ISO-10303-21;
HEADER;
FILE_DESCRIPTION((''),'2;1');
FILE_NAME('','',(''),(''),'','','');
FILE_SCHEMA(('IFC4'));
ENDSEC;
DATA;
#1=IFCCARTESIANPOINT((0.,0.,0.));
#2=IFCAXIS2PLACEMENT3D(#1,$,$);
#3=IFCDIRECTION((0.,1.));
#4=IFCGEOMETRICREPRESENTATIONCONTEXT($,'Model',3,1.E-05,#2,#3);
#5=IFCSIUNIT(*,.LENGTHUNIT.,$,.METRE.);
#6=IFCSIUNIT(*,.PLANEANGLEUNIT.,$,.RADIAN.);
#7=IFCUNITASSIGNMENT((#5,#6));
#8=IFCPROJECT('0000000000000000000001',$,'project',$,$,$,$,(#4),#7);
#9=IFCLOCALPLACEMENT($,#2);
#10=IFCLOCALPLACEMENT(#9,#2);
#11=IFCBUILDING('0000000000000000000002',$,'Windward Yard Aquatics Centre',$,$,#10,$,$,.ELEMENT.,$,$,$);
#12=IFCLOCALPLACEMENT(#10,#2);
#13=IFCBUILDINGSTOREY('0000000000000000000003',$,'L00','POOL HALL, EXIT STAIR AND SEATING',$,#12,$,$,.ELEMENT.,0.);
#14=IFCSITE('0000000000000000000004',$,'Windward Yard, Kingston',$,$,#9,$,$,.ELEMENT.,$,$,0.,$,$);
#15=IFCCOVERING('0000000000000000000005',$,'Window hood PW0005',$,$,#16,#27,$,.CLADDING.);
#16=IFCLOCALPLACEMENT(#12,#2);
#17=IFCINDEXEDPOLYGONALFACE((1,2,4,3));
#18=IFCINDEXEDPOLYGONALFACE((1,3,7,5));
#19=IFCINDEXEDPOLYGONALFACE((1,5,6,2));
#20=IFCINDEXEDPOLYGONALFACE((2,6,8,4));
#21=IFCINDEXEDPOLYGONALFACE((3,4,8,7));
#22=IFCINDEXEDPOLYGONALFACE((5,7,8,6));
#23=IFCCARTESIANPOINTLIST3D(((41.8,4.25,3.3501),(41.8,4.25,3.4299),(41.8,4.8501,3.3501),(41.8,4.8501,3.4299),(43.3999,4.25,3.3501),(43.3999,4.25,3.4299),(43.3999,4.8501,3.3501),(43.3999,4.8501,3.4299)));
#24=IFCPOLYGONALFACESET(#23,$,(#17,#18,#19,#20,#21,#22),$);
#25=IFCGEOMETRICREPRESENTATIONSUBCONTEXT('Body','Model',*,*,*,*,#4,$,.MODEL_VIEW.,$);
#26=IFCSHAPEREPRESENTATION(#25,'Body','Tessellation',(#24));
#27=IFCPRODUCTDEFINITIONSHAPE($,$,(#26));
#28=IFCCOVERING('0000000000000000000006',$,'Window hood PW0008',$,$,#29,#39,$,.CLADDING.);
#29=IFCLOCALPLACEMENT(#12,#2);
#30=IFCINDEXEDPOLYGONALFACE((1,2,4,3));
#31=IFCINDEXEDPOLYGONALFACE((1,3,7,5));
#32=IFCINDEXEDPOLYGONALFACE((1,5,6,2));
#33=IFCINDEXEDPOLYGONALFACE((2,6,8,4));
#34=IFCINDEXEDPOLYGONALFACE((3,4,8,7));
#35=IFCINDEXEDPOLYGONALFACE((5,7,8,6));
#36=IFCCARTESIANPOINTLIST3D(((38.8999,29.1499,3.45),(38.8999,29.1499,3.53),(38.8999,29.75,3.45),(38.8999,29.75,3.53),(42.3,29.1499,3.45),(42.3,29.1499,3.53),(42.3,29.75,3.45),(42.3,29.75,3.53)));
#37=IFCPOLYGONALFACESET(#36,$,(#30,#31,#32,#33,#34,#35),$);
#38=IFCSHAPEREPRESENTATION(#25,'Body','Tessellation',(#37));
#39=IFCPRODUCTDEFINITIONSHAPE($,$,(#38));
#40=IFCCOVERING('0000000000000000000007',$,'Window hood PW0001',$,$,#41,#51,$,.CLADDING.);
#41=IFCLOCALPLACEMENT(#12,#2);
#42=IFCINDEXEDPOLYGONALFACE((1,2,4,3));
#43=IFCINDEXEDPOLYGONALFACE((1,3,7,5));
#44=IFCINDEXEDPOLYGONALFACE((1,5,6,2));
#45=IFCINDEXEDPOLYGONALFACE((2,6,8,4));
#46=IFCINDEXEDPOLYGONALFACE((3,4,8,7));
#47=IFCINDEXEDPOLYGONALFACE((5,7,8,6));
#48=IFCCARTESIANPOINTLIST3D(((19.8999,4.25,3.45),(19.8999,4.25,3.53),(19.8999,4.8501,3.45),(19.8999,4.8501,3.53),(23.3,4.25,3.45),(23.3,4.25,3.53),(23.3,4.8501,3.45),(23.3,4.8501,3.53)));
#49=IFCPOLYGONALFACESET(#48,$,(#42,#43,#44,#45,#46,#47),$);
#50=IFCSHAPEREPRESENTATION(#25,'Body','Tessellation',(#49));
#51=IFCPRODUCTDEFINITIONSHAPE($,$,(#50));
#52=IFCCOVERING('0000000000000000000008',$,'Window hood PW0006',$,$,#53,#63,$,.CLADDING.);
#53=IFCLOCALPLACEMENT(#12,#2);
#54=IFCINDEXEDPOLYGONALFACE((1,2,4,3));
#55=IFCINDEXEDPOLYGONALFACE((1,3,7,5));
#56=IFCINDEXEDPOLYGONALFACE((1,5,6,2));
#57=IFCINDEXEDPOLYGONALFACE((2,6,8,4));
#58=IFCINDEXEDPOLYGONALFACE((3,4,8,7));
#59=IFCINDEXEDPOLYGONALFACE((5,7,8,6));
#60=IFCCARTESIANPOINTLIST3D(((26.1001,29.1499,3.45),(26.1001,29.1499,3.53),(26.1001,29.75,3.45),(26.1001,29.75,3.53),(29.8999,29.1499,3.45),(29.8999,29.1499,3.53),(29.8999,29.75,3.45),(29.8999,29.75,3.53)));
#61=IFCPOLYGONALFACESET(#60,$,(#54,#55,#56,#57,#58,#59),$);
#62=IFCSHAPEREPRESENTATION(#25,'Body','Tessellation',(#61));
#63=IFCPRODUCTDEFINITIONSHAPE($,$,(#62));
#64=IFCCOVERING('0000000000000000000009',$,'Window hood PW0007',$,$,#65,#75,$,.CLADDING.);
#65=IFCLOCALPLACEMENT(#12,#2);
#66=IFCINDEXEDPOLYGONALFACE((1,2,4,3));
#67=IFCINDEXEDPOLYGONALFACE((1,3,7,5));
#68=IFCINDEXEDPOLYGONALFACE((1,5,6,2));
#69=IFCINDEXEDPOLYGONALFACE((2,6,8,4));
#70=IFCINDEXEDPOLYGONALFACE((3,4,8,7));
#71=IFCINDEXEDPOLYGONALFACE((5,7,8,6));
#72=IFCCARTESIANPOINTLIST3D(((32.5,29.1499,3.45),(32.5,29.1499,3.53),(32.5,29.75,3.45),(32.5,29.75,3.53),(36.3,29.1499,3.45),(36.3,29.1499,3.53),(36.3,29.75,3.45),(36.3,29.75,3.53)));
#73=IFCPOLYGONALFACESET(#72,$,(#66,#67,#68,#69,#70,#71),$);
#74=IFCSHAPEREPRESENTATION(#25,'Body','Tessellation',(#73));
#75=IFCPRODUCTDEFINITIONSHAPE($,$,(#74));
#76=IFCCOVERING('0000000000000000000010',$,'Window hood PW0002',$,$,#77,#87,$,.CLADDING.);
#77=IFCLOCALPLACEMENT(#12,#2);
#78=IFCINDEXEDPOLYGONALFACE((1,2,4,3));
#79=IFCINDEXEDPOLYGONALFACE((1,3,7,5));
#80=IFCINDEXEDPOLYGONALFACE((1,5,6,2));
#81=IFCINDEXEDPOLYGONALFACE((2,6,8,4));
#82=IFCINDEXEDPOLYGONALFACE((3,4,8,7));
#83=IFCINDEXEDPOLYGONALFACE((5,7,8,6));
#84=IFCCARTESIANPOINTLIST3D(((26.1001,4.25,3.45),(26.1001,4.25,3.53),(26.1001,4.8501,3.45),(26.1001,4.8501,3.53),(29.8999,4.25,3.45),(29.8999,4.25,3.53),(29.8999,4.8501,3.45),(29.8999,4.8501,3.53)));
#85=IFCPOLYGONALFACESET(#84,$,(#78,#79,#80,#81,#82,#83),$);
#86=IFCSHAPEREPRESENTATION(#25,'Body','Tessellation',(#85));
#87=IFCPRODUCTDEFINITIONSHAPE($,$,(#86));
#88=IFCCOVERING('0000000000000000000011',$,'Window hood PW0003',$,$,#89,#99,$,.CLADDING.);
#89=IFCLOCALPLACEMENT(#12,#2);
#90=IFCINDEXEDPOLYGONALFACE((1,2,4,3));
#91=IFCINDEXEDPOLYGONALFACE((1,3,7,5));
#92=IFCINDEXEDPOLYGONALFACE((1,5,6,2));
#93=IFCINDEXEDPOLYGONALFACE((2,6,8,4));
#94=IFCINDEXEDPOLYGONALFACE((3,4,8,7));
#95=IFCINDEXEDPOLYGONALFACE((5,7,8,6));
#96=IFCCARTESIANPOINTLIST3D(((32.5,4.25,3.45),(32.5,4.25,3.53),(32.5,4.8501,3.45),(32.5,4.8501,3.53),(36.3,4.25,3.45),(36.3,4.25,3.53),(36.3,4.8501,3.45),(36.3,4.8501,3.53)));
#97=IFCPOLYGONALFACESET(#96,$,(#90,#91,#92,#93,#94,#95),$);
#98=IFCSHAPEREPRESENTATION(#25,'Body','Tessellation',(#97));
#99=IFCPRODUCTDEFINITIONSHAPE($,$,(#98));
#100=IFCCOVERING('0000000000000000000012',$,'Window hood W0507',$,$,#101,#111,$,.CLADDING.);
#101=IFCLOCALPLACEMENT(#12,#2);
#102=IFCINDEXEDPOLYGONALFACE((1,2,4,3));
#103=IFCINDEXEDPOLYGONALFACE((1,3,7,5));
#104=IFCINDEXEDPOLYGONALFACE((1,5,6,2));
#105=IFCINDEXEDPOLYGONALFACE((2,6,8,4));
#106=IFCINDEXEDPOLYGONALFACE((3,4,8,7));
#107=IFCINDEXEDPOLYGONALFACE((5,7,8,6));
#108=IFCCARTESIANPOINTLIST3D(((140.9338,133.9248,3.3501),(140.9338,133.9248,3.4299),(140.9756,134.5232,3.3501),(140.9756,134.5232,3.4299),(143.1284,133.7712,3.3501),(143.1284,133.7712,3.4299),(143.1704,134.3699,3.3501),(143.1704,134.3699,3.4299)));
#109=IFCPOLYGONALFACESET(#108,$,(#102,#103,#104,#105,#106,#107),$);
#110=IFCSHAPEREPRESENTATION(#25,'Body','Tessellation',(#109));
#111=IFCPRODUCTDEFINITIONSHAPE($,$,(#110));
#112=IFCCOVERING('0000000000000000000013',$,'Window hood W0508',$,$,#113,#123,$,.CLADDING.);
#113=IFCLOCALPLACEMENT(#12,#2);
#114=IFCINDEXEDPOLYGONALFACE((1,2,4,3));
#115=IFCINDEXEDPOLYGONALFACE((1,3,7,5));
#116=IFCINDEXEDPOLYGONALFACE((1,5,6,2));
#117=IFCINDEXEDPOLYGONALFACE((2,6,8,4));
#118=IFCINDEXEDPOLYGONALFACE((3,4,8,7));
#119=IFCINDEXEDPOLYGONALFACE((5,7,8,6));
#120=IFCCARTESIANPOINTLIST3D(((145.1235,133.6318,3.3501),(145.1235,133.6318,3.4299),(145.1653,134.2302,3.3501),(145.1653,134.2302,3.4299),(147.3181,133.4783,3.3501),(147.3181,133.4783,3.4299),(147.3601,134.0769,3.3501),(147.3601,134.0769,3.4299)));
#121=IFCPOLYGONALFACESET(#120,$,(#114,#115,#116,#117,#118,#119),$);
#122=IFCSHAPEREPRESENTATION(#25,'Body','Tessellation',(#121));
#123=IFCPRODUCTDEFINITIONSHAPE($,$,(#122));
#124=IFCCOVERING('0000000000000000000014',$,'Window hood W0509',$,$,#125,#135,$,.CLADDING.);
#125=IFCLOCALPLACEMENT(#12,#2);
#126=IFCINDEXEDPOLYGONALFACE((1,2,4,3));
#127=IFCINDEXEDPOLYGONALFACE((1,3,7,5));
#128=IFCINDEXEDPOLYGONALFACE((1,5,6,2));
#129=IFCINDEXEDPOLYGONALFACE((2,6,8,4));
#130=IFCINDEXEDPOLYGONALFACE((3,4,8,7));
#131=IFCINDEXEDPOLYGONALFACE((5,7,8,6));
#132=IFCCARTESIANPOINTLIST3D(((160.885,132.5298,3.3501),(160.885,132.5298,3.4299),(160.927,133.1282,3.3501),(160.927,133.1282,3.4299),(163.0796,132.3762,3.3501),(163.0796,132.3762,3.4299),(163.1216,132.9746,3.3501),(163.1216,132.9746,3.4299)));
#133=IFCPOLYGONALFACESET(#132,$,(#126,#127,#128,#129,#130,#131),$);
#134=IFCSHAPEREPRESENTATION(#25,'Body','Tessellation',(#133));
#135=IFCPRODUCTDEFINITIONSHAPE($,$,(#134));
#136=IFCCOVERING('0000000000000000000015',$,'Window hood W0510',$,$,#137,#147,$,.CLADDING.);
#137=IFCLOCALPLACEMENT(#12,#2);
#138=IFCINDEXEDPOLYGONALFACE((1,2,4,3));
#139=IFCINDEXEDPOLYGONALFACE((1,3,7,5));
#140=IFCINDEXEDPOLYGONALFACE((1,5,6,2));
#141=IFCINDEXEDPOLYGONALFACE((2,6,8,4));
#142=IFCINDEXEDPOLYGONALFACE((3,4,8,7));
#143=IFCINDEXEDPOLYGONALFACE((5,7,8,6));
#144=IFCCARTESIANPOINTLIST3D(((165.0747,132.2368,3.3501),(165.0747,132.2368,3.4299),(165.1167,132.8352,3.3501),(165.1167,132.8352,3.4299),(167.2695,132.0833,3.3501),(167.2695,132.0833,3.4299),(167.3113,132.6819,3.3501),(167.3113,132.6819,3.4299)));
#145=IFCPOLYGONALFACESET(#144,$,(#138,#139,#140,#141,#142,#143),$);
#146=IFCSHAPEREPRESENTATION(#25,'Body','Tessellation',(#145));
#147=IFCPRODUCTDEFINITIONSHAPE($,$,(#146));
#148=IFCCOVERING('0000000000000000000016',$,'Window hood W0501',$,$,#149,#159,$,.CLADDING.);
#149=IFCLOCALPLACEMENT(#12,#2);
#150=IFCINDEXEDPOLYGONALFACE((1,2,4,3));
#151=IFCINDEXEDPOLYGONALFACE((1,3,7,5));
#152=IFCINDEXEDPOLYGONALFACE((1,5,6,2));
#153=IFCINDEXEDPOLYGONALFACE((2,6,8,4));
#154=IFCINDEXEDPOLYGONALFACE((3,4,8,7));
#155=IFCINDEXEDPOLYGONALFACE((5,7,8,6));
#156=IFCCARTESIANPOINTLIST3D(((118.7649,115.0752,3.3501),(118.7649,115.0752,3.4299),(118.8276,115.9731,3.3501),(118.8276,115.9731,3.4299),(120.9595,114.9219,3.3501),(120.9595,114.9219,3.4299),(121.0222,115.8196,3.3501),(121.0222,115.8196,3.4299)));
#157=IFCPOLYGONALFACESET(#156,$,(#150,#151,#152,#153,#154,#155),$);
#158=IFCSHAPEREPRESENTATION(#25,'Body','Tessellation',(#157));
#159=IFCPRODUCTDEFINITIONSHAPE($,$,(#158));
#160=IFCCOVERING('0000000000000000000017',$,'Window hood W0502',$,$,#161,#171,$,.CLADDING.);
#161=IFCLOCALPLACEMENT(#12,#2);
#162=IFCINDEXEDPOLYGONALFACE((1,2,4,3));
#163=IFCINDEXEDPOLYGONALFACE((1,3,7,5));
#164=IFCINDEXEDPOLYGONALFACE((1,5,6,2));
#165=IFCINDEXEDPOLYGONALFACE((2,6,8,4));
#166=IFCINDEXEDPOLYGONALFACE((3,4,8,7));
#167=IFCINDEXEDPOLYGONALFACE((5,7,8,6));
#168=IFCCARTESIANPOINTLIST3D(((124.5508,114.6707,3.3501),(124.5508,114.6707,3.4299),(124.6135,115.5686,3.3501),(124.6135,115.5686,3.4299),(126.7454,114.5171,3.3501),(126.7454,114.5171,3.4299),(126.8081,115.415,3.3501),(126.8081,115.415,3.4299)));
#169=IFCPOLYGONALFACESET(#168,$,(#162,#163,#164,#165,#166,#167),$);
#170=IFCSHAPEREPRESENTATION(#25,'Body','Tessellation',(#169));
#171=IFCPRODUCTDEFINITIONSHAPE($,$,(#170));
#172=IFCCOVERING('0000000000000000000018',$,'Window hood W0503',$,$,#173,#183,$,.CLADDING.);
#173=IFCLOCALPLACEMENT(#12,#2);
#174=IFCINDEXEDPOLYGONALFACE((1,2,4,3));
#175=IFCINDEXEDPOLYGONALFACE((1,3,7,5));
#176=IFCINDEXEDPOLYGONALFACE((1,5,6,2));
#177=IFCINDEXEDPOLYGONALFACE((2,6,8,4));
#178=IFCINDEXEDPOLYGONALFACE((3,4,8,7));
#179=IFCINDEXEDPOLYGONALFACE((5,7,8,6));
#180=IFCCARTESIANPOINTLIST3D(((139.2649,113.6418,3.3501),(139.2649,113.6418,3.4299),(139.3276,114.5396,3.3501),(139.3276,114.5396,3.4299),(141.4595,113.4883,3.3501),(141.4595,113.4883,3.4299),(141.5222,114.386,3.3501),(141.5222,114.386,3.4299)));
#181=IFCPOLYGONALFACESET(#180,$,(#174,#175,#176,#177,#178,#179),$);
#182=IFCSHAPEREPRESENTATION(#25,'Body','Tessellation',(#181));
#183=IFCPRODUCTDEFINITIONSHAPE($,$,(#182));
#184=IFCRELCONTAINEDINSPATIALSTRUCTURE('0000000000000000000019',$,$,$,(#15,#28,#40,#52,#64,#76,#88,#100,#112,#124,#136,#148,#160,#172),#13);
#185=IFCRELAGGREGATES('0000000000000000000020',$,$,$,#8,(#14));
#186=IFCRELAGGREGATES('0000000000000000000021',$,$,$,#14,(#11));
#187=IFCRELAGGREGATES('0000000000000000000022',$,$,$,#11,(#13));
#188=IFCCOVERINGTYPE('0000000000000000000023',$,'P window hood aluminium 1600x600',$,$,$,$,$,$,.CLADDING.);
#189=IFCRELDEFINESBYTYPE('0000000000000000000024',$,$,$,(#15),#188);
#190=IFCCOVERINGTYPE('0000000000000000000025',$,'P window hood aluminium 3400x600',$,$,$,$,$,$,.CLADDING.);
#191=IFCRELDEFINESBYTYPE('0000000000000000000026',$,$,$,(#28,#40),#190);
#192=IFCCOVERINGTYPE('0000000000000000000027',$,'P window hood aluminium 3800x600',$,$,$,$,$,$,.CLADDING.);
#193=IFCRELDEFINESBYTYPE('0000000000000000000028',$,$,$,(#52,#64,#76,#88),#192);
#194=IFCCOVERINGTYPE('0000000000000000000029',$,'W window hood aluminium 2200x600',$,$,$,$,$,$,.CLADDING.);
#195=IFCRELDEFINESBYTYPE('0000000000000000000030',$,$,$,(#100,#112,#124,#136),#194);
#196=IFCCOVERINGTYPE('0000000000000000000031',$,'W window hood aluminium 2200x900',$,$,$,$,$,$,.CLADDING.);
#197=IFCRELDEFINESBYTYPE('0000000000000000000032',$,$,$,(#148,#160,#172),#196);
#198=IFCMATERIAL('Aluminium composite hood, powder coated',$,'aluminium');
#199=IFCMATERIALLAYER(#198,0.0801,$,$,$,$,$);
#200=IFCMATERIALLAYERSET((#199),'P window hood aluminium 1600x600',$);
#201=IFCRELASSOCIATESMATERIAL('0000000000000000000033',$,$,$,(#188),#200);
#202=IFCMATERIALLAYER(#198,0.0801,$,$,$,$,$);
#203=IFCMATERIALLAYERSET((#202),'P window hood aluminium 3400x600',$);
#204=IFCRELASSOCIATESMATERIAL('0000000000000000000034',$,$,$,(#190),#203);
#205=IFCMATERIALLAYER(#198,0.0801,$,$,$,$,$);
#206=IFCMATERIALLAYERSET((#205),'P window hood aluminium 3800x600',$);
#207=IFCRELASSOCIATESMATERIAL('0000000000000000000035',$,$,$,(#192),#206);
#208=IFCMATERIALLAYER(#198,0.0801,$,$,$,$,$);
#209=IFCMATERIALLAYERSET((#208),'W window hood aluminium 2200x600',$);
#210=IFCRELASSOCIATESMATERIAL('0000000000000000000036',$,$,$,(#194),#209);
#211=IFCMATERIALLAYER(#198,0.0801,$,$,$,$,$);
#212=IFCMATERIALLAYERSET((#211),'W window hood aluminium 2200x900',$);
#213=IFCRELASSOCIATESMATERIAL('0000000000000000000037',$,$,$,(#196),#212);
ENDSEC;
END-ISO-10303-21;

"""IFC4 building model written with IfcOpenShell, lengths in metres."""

from ifc_helpers import new_model, si_unit, direction, frame, origin, place, context, subcontext, project, spatial, polyline, outline, extrude, material, layer, layer_set, type_object, element, save


model = new_model("IFC4")

# Units and contexts
model_context = context("Model", 3, precision=1e-05, world=origin(), true_north=direction((0.0, 1.0)))
body_context = subcontext(model_context, "Body", "Model", "MODEL_VIEW")
ifc_project = project(units=[si_unit("LENGTHUNIT", "METRE"), si_unit("PLANEANGLEUNIT", "RADIAN")], contexts=[model_context])

# Site, building, storey
site_placement = place(None, origin())
site = spatial("IfcSite", under=ifc_project, at=site_placement, Name="Windward Yard, Kingston", CompositionType="ELEMENT", RefElevation=0.0)
building_placement = place(site_placement, origin())
building = spatial("IfcBuilding", under=site, at=building_placement, Name="Windward Yard Aquatics Centre", CompositionType="ELEMENT")
storey_placement = place(building_placement, origin())
storey = spatial("IfcBuildingStorey", under=building, at=storey_placement, Name="L00", Description="POOL HALL, EXIT STAIR AND SEATING", CompositionType="ELEMENT", Elevation=0.0)

# Coverings
ifc_material_1 = material(Name="Aluminium composite hood, powder coated", Category="aluminium")
ifc_layer_1 = layer(ifc_material_1, 0.0801)
ifc_layer_set_1 = layer_set([ifc_layer_1], Name="P window hood aluminium 1600x600")
covering_type_1 = type_object("IfcCoveringType", Name="P window hood aluminium 1600x600", PredefinedType="CLADDING", material=ifc_layer_set_1)
covering_1_placement = place(storey_placement, frame((0.0, 0.0, 3.3501)))
element("IfcCovering", 1, at=covering_1_placement, inside=storey, type_object=covering_type_1, Name="Window hood PW0005", PredefinedType="CLADDING", context=body_context, shape_type="SweptSolid", body=[
    extrude(outline(polyline([(41.8, 4.25), (41.8, 4.8501), (43.3999, 4.8501), (43.3999, 4.25), (41.8, 4.25)])), origin(), (0.0, 0.0, 1.0), 0.0798),
])
ifc_layer_2 = layer(ifc_material_1, 0.0801)
ifc_layer_set_2 = layer_set([ifc_layer_2], Name="P window hood aluminium 3400x600")
covering_type_2 = type_object("IfcCoveringType", Name="P window hood aluminium 3400x600", PredefinedType="CLADDING", material=ifc_layer_set_2)
covering_2_placement = place(storey_placement, frame((0.0, 0.0, 3.45)))
element("IfcCovering", 2, at=covering_2_placement, inside=storey, type_object=covering_type_2, Name="Window hood PW0008", PredefinedType="CLADDING", context=body_context, shape_type="SweptSolid", body=[
    extrude(outline(polyline([(38.8999, 29.1499), (42.3, 29.1499), (42.3, 29.75), (38.8999, 29.75), (38.8999, 29.1499)])), origin(), (0.0, 0.0, 1.0), 0.0801),
])
covering_3_placement = place(storey_placement, frame((0.0, 0.0, 3.45)))
element("IfcCovering", 3, at=covering_3_placement, inside=storey, type_object=covering_type_2, Name="Window hood PW0001", PredefinedType="CLADDING", context=body_context, shape_type="SweptSolid", body=[
    extrude(outline(polyline([(19.8999, 4.25), (19.8999, 4.8501), (23.3, 4.8501), (23.3, 4.25), (19.8999, 4.25)])), origin(), (0.0, 0.0, 1.0), 0.0801),
])
ifc_layer_3 = layer(ifc_material_1, 0.0801)
ifc_layer_set_3 = layer_set([ifc_layer_3], Name="P window hood aluminium 3800x600")
covering_type_3 = type_object("IfcCoveringType", Name="P window hood aluminium 3800x600", PredefinedType="CLADDING", material=ifc_layer_set_3)
covering_4_placement = place(storey_placement, frame((0.0, 0.0, 3.45)))
element("IfcCovering", 4, at=covering_4_placement, inside=storey, type_object=covering_type_3, Name="Window hood PW0006", PredefinedType="CLADDING", context=body_context, shape_type="SweptSolid", body=[
    extrude(outline(polyline([(26.1001, 29.1499), (29.8999, 29.1499), (29.8999, 29.75), (26.1001, 29.75), (26.1001, 29.1499)])), origin(), (0.0, 0.0, 1.0), 0.0801),
])
covering_5_placement = place(storey_placement, frame((0.0, 0.0, 3.45)))
element("IfcCovering", 5, at=covering_5_placement, inside=storey, type_object=covering_type_3, Name="Window hood PW0007", PredefinedType="CLADDING", context=body_context, shape_type="SweptSolid", body=[
    extrude(outline(polyline([(32.5, 29.1499), (36.3, 29.1499), (36.3, 29.75), (32.5, 29.75), (32.5, 29.1499)])), origin(), (0.0, 0.0, 1.0), 0.0801),
])
covering_6_placement = place(storey_placement, frame((0.0, 0.0, 3.45)))
element("IfcCovering", 6, at=covering_6_placement, inside=storey, type_object=covering_type_3, Name="Window hood PW0002", PredefinedType="CLADDING", context=body_context, shape_type="SweptSolid", body=[
    extrude(outline(polyline([(26.1001, 4.25), (26.1001, 4.8501), (29.8999, 4.8501), (29.8999, 4.25), (26.1001, 4.25)])), origin(), (0.0, 0.0, 1.0), 0.0801),
])
covering_7_placement = place(storey_placement, frame((0.0, 0.0, 3.45)))
element("IfcCovering", 7, at=covering_7_placement, inside=storey, type_object=covering_type_3, Name="Window hood PW0003", PredefinedType="CLADDING", context=body_context, shape_type="SweptSolid", body=[
    extrude(outline(polyline([(32.5, 4.25), (32.5, 4.8501), (36.3, 4.8501), (36.3, 4.25), (32.5, 4.25)])), origin(), (0.0, 0.0, 1.0), 0.0801),
])
ifc_layer_4 = layer(ifc_material_1, 0.0801)
ifc_layer_set_4 = layer_set([ifc_layer_4], Name="W window hood aluminium 2200x600")
covering_type_4 = type_object("IfcCoveringType", Name="W window hood aluminium 2200x600", PredefinedType="CLADDING", material=ifc_layer_set_4)
covering_8_placement = place(storey_placement, frame((0.0, 0.0, 3.3501)))
element("IfcCovering", 8, at=covering_8_placement, inside=storey, type_object=covering_type_4, Name="Window hood W0507", PredefinedType="CLADDING", context=body_context, shape_type="SweptSolid", body=[
    extrude(outline(polyline([(140.9338, 133.9248), (143.1284, 133.7712), (143.1704, 134.3699), (140.9756, 134.5232), (140.9338, 133.9248)])), origin(), (0.0, 0.0, 1.0), 0.0798),
])
covering_9_placement = place(storey_placement, frame((0.0, 0.0, 3.3501)))
element("IfcCovering", 9, at=covering_9_placement, inside=storey, type_object=covering_type_4, Name="Window hood W0508", PredefinedType="CLADDING", context=body_context, shape_type="SweptSolid", body=[
    extrude(outline(polyline([(145.1235, 133.6318), (147.3181, 133.4783), (147.3601, 134.0769), (145.1653, 134.2302), (145.1235, 133.6318)])), origin(), (0.0, 0.0, 1.0), 0.0798),
])
covering_10_placement = place(storey_placement, frame((0.0, 0.0, 3.3501)))
element("IfcCovering", 10, at=covering_10_placement, inside=storey, type_object=covering_type_4, Name="Window hood W0509", PredefinedType="CLADDING", context=body_context, shape_type="SweptSolid", body=[
    extrude(outline(polyline([(160.885, 132.5298), (163.0796, 132.3762), (163.1216, 132.9746), (160.927, 133.1282), (160.885, 132.5298)])), origin(), (0.0, 0.0, 1.0), 0.0798),
])
covering_11_placement = place(storey_placement, frame((0.0, 0.0, 3.3501)))
element("IfcCovering", 11, at=covering_11_placement, inside=storey, type_object=covering_type_4, Name="Window hood W0510", PredefinedType="CLADDING", context=body_context, shape_type="SweptSolid", body=[
    extrude(outline(polyline([(165.0747, 132.2368), (167.2695, 132.0833), (167.3113, 132.6819), (165.1167, 132.8352), (165.0747, 132.2368)])), origin(), (0.0, 0.0, 1.0), 0.0798),
])
ifc_layer_5 = layer(ifc_material_1, 0.0801)
ifc_layer_set_5 = layer_set([ifc_layer_5], Name="W window hood aluminium 2200x900")
covering_type_5 = type_object("IfcCoveringType", Name="W window hood aluminium 2200x900", PredefinedType="CLADDING", material=ifc_layer_set_5)
covering_12_placement = place(storey_placement, frame((0.0, 0.0, 3.3501)))
element("IfcCovering", 12, at=covering_12_placement, inside=storey, type_object=covering_type_5, Name="Window hood W0501", PredefinedType="CLADDING", context=body_context, shape_type="SweptSolid", body=[
    extrude(outline(polyline([(118.7649, 115.0752), (118.8276, 115.9731), (121.0222, 115.8196), (120.9595, 114.9219), (118.7649, 115.0752)])), origin(), (0.0, 0.0, 1.0), 0.0798),
])
covering_13_placement = place(storey_placement, frame((0.0, 0.0, 3.3501)))
element("IfcCovering", 13, at=covering_13_placement, inside=storey, type_object=covering_type_5, Name="Window hood W0502", PredefinedType="CLADDING", context=body_context, shape_type="SweptSolid", body=[
    extrude(outline(polyline([(124.5508, 114.6707), (124.6135, 115.5686), (126.8081, 115.415), (126.7454, 114.5171), (124.5508, 114.6707)])), origin(), (0.0, 0.0, 1.0), 0.0798),
])
covering_14_placement = place(storey_placement, frame((0.0, 0.0, 3.3501)))
element("IfcCovering", 14, at=covering_14_placement, inside=storey, type_object=covering_type_5, Name="Window hood W0503", PredefinedType="CLADDING", context=body_context, shape_type="SweptSolid", body=[
    extrude(outline(polyline([(139.2649, 113.6418), (139.3276, 114.5396), (141.5222, 114.386), (141.4595, 113.4883), (139.2649, 113.6418)])), origin(), (0.0, 0.0, 1.0), 0.0798),
])

save(model, "model.ifc")
